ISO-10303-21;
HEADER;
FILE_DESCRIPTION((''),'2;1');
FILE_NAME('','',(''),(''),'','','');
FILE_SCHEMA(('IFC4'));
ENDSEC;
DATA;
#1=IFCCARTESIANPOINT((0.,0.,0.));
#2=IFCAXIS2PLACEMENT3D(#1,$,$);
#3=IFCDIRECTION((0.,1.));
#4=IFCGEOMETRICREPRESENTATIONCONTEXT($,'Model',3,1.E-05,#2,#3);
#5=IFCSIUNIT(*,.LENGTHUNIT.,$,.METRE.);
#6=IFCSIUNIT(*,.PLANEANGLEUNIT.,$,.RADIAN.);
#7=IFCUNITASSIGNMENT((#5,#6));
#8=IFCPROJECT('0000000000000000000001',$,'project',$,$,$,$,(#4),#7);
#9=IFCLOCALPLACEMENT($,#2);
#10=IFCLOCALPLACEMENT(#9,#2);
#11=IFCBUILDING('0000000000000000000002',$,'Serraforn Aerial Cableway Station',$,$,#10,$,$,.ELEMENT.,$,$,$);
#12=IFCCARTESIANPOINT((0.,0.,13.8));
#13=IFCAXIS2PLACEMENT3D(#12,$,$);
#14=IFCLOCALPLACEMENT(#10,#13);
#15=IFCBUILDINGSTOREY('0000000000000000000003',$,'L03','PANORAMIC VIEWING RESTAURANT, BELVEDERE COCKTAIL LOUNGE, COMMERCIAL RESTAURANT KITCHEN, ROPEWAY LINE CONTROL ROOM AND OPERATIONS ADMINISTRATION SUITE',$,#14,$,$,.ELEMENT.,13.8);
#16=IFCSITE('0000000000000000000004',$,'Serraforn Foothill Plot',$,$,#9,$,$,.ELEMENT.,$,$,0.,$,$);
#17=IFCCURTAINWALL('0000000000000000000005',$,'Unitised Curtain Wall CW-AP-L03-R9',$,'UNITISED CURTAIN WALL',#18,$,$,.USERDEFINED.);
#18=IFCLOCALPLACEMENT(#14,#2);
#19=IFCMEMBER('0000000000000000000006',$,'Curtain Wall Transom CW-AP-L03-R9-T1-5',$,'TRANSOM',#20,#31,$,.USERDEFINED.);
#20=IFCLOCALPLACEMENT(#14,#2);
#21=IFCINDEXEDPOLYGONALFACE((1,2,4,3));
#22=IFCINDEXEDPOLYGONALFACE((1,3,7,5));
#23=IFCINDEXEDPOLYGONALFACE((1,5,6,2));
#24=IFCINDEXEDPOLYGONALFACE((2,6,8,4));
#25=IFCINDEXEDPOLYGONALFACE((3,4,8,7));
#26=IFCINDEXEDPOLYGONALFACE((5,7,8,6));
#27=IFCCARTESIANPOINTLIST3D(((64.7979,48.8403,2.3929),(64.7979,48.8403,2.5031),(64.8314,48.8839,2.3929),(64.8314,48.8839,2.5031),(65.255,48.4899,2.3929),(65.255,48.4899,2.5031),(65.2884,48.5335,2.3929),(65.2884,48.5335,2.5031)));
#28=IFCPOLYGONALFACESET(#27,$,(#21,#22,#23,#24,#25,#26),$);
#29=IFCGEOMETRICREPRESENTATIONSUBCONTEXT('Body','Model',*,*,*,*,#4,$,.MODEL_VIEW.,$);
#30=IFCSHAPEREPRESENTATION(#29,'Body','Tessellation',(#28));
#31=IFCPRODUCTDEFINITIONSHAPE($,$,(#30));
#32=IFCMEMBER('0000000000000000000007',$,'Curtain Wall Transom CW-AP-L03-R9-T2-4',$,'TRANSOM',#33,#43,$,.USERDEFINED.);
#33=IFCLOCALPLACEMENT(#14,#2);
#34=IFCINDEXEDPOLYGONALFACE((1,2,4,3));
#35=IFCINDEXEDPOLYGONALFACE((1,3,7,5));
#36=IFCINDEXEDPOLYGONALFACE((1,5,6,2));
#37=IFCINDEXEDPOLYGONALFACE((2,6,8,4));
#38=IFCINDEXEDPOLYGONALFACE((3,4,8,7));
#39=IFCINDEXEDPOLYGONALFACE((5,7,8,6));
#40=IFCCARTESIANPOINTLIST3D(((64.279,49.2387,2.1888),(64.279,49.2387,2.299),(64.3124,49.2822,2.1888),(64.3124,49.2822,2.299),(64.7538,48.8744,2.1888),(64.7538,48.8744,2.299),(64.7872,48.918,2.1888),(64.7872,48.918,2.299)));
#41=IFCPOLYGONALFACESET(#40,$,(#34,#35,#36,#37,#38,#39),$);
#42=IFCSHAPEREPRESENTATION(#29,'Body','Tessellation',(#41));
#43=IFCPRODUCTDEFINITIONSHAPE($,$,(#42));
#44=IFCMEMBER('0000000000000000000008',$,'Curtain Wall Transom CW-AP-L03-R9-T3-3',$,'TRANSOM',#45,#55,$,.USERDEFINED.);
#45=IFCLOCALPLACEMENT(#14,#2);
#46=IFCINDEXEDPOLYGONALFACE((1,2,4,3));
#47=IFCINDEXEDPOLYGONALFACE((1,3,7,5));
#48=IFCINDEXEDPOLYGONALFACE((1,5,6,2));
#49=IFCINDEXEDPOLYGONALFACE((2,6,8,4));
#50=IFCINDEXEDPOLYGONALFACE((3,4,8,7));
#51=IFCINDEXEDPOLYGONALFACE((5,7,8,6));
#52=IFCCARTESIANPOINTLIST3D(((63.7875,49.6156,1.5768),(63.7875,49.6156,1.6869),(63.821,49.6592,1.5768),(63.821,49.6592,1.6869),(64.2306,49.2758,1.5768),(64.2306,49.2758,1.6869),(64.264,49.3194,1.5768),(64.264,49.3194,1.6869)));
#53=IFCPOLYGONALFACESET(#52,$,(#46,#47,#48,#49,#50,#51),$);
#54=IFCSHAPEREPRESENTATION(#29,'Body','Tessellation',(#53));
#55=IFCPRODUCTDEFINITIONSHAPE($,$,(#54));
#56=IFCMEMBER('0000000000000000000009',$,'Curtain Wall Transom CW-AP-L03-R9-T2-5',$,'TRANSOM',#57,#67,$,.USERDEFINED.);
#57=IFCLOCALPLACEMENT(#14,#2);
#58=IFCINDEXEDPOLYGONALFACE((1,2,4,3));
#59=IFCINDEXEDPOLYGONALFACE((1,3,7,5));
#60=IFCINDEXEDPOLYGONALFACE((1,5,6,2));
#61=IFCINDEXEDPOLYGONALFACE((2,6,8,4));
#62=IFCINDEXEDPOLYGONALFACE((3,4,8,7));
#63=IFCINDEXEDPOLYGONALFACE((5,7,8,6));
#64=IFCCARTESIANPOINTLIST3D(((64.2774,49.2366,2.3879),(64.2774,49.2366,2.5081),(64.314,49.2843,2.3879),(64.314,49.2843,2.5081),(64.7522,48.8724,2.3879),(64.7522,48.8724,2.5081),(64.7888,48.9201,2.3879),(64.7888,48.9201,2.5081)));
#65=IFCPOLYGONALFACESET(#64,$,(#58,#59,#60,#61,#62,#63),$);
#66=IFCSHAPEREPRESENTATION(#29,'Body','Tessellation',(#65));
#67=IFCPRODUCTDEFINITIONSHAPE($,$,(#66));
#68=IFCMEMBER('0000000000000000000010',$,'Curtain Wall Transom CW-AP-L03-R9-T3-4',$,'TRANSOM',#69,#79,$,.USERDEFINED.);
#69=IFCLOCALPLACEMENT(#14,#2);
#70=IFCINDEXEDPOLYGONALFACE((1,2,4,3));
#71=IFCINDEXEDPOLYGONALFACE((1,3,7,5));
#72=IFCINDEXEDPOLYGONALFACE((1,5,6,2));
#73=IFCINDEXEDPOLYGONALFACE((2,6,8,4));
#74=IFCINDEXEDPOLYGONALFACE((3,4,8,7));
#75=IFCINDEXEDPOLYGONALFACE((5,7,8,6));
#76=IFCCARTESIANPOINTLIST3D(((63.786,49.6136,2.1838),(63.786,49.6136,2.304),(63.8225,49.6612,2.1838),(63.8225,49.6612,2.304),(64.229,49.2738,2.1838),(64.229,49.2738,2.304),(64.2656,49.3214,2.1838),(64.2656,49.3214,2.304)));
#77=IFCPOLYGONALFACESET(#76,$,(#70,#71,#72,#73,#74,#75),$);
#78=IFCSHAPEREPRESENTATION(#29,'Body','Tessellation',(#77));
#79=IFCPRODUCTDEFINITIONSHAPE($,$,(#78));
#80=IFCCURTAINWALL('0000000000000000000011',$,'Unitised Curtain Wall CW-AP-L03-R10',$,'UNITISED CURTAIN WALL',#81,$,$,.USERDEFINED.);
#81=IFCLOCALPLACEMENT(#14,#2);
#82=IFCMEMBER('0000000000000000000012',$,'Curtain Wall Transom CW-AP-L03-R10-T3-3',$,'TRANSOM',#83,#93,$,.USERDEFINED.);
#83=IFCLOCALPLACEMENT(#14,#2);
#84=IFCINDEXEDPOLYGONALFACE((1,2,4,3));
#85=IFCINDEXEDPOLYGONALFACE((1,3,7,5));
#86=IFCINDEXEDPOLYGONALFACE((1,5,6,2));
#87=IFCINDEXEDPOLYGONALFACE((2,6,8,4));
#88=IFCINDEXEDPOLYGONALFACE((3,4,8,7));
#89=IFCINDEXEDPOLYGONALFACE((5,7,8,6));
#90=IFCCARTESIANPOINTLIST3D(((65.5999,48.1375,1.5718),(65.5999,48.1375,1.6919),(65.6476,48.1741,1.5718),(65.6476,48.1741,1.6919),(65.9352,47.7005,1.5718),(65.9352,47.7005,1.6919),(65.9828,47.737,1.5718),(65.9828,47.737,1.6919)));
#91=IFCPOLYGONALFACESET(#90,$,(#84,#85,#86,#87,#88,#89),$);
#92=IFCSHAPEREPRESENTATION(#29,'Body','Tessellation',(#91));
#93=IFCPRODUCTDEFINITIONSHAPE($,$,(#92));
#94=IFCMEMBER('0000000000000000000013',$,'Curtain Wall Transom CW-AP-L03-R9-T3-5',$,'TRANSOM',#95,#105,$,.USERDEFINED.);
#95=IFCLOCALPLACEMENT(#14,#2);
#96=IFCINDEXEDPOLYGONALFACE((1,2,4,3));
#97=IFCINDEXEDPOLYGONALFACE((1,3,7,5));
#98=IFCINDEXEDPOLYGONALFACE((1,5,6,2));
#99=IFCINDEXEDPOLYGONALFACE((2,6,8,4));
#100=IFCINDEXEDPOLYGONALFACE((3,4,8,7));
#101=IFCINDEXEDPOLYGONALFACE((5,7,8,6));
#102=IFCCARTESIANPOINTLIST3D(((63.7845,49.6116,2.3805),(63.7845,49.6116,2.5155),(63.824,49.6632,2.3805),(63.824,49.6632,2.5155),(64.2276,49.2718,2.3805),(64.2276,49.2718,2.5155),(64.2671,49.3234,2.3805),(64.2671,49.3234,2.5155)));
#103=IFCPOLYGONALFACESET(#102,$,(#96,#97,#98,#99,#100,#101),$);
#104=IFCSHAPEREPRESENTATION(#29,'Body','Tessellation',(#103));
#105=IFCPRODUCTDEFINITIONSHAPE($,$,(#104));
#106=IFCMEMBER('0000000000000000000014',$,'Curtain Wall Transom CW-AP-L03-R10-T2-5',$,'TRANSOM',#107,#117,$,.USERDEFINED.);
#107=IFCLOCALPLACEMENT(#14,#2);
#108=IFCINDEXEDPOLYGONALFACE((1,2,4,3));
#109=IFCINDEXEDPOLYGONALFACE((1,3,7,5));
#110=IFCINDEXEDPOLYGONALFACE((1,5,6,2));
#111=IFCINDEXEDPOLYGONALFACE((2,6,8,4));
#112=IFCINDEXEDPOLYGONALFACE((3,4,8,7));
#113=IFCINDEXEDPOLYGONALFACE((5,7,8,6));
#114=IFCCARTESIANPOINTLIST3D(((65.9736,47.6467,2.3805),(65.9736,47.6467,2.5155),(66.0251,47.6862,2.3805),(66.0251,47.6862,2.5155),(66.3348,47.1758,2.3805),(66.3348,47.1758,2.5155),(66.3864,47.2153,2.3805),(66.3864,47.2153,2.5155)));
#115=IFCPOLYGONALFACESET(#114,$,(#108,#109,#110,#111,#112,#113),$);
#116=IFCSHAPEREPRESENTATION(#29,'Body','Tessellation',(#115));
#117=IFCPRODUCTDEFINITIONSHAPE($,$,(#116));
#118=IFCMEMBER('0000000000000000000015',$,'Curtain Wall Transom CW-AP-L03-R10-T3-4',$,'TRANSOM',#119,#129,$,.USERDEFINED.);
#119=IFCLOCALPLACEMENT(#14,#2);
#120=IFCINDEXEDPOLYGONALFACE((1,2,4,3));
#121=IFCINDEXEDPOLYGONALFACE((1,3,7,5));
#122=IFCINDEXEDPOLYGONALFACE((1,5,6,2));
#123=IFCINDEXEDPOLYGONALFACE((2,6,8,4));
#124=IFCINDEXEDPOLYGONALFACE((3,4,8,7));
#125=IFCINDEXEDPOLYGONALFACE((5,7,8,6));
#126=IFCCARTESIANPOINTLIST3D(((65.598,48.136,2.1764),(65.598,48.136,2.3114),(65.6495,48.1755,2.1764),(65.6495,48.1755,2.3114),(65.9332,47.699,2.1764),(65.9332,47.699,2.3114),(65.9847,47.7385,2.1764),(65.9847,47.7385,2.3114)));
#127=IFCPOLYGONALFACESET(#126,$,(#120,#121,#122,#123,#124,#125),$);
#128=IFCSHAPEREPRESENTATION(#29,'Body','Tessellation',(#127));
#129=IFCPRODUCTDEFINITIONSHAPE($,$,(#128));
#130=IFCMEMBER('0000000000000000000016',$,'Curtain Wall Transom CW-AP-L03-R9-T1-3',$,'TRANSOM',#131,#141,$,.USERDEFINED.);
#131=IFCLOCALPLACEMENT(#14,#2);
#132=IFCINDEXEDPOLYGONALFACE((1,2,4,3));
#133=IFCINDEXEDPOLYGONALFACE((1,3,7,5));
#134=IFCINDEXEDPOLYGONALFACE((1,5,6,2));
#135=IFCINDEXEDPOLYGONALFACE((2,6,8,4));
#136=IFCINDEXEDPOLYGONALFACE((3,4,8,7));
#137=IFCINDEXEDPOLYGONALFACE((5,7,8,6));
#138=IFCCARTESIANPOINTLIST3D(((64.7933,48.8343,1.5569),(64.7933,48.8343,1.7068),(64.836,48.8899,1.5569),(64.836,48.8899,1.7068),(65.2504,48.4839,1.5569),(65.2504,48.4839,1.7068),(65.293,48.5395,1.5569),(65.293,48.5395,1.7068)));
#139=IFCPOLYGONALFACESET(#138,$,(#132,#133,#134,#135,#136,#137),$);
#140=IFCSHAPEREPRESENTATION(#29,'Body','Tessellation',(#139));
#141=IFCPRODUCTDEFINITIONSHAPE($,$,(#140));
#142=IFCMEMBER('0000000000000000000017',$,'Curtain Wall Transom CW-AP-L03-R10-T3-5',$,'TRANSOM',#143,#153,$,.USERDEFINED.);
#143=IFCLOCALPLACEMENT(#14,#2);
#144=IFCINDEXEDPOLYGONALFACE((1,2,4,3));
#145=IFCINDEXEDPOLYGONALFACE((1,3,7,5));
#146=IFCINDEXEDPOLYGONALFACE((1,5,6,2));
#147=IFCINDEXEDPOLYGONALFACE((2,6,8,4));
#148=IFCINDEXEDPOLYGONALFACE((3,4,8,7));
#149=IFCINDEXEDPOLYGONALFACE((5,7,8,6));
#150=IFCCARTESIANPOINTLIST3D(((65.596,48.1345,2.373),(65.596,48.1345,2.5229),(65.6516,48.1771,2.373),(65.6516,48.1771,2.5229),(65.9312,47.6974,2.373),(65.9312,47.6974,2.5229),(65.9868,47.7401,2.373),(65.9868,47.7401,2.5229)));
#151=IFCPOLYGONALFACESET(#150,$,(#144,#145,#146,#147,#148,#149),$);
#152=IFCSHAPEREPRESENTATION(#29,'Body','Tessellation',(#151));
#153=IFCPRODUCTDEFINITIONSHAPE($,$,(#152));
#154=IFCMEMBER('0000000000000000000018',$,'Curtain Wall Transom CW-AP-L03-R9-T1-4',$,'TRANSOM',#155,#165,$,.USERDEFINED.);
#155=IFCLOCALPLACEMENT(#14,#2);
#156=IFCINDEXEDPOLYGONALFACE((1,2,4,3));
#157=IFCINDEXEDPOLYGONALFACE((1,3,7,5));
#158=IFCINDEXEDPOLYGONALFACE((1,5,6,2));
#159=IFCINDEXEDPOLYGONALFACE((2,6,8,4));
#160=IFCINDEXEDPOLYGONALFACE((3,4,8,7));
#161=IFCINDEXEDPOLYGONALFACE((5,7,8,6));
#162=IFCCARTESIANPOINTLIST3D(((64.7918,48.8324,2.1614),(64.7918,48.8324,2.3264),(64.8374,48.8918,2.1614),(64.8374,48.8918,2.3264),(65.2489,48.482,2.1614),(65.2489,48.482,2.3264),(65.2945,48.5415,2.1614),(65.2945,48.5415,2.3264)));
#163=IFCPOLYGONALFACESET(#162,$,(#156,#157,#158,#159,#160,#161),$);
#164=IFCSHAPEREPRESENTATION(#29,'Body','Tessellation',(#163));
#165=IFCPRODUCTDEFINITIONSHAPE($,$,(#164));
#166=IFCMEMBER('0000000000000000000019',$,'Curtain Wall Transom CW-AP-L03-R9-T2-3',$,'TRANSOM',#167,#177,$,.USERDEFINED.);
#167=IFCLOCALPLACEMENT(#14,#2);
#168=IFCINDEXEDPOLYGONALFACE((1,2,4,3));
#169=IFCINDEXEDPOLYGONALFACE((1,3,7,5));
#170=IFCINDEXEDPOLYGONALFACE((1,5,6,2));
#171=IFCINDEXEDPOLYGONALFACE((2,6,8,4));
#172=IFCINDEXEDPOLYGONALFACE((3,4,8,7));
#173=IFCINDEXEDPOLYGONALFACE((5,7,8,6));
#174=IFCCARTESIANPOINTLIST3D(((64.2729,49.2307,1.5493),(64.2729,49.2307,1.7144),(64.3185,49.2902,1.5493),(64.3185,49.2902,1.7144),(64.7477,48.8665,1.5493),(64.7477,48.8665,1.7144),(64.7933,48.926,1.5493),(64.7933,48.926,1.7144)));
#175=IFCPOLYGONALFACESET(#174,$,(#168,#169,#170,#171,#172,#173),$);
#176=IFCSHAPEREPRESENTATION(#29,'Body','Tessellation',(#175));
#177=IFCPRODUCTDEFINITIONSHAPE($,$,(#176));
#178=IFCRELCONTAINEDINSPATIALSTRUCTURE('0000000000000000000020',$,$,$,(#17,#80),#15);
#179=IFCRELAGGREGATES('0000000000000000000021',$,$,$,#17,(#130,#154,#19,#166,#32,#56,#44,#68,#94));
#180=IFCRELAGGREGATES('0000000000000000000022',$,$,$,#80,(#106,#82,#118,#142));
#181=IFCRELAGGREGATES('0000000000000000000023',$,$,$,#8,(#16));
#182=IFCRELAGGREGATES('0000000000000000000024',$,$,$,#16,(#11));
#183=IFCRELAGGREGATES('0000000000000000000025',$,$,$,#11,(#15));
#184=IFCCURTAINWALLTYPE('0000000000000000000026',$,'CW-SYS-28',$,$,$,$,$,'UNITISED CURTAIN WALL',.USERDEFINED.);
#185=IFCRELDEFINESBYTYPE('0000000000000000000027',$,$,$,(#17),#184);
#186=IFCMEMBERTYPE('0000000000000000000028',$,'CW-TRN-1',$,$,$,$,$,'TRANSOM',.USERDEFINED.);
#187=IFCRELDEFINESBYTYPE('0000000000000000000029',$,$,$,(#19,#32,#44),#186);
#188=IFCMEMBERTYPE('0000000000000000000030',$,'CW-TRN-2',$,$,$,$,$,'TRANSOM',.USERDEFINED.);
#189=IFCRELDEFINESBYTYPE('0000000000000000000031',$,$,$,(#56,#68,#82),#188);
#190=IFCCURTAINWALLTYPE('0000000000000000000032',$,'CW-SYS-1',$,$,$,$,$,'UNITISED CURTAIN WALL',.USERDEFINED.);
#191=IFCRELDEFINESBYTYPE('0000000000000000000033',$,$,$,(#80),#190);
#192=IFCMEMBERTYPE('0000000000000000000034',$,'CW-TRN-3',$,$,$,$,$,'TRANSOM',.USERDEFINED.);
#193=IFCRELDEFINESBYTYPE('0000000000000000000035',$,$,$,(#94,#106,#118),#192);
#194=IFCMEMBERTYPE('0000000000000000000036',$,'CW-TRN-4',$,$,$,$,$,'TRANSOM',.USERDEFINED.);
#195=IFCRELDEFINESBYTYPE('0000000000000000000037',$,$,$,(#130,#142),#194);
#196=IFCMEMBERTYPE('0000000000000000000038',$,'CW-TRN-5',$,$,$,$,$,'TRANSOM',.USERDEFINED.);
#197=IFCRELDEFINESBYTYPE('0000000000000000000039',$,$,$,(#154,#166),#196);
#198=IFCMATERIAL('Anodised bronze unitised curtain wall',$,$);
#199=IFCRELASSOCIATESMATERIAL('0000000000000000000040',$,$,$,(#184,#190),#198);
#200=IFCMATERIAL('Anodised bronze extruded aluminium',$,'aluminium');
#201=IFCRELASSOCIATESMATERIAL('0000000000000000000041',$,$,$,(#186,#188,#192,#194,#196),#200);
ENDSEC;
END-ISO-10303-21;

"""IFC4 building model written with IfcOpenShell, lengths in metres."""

from ifc_helpers import new_model, si_unit, direction, frame, origin, origin_2d, place, context, subcontext, project, spatial, rectangle, extrude, material, material_profile, profile_set, type_object, element, aggregate, save


model = new_model("IFC4")

# Units and contexts
model_context = context("Model", 3, precision=1e-05, world=origin(), true_north=direction((0.0, 1.0)))
body_context = subcontext(model_context, "Body", "Model", "MODEL_VIEW")
ifc_project = project(units=[si_unit("LENGTHUNIT", "METRE"), si_unit("PLANEANGLEUNIT", "RADIAN")], contexts=[model_context])

# Site, building, storey
site_placement = place(None, origin())
site = spatial("IfcSite", under=ifc_project, at=site_placement, Name="Serraforn Foothill Plot", CompositionType="ELEMENT", RefElevation=0.0)
building_placement = place(site_placement, origin())
building = spatial("IfcBuilding", under=site, at=building_placement, Name="Serraforn Aerial Cableway Station", CompositionType="ELEMENT")
storey_placement = place(building_placement, frame((0.0, 0.0, 13.8)))
storey = spatial("IfcBuildingStorey", under=building, at=storey_placement, Name="L03", Description="PANORAMIC VIEWING RESTAURANT, BELVEDERE COCKTAIL LOUNGE, COMMERCIAL RESTAURANT KITCHEN, ROPEWAY LINE CONTROL ROOM AND OPERATIONS ADMINISTRATION SUITE", CompositionType="ELEMENT", Elevation=13.8)

# Curtain wall, members
ifc_material_1 = material(Name="Anodised bronze unitised curtain wall")
curtain_wall_type_1 = type_object("IfcCurtainWallType", Name="CW-SYS-28", ElementType="UNITISED CURTAIN WALL", PredefinedType="USERDEFINED", material=ifc_material_1)
curtain_wall_1_placement = place(storey_placement, origin())
curtain_wall_1 = element("IfcCurtainWall", 1, at=curtain_wall_1_placement, inside=storey, type_object=curtain_wall_type_1, Name="Unitised Curtain Wall CW-AP-L03-R9", ObjectType="UNITISED CURTAIN WALL", PredefinedType="USERDEFINED")
ifc_material_2 = material(Name="Anodised bronze extruded aluminium", Category="aluminium")
ifc_material_profile_1 = material_profile(ifc_material_2, rectangle(XDim=0.0549, YDim=0.1101, at=origin_2d()), Name="CW TRANSOM 55x110")
ifc_profile_set_1 = profile_set([ifc_material_profile_1], Name="Anodised bronze extruded aluminium")
member_type_1 = type_object("IfcMemberType", Name="CW-TRN-1", ElementType="TRANSOM", PredefinedType="USERDEFINED", material=ifc_profile_set_1)
member_1_placement = place(storey_placement, frame((65.2717, 48.5117, 2.448), z_axis=(-0.793647, 0.608378, 0.0), x_axis=(-0.608378, -0.793647, 0.0)))
member_1 = element("IfcMember", 2, at=member_1_placement, type_object=member_type_1, Name="Curtain Wall Transom CW-AP-L03-R9-T1-5", ObjectType="TRANSOM", PredefinedType="USERDEFINED", context=body_context, shape_type="SweptSolid", body=[
    extrude(rectangle(XDim=0.0549, YDim=0.1101, at=origin_2d()), origin(), (0.0, 0.0, 1.0), 0.5759),
])
member_2_placement = place(storey_placement, frame((64.7705, 48.8962, 2.2439), z_axis=(-0.793442, 0.608646, 0.0), x_axis=(-0.608646, -0.793442, 0.0)))
member_2 = element("IfcMember", 3, at=member_2_placement, type_object=member_type_1, Name="Curtain Wall Transom CW-AP-L03-R9-T2-4", ObjectType="TRANSOM", PredefinedType="USERDEFINED", context=body_context, shape_type="SweptSolid", body=[
    extrude(rectangle(XDim=0.0549, YDim=0.1101, at=origin_2d()), origin(), (0.0, 0.0, 1.0), 0.5984),
])
member_3_placement = place(storey_placement, frame((64.2473, 49.2976, 1.6318), z_axis=(-0.793501, 0.608569, 0.0), x_axis=(-0.608569, -0.793501, 0.0)))
member_3 = element("IfcMember", 4, at=member_3_placement, type_object=member_type_1, Name="Curtain Wall Transom CW-AP-L03-R9-T3-3", ObjectType="TRANSOM", PredefinedType="USERDEFINED", context=body_context, shape_type="SweptSolid", body=[
    extrude(rectangle(XDim=0.0549, YDim=0.1101, at=origin_2d()), origin(), (0.0, 0.0, 1.0), 0.5583),
])
ifc_material_profile_2 = material_profile(ifc_material_2, rectangle(XDim=0.0601, YDim=0.1201, at=origin_2d()), Name="CW TRANSOM 60x120")
ifc_profile_set_2 = profile_set([ifc_material_profile_2], Name="Anodised bronze extruded aluminium")
member_type_2 = type_object("IfcMemberType", Name="CW-TRN-2", ElementType="TRANSOM", PredefinedType="USERDEFINED", material=ifc_profile_set_2)
member_4_placement = place(storey_placement, frame((64.7705, 48.8962, 2.448), z_axis=(-0.793442, 0.608646, 0.0), x_axis=(-0.608646, -0.793442, 0.0)))
member_4 = element("IfcMember", 5, at=member_4_placement, type_object=member_type_2, Name="Curtain Wall Transom CW-AP-L03-R9-T2-5", ObjectType="TRANSOM", PredefinedType="USERDEFINED", context=body_context, shape_type="SweptSolid", body=[
    extrude(rectangle(XDim=0.0601, YDim=0.1201, at=origin_2d()), origin(), (0.0, 0.0, 1.0), 0.5984),
])
member_5_placement = place(storey_placement, frame((64.2473, 49.2976, 2.2439), z_axis=(-0.793501, 0.608569, 0.0), x_axis=(-0.608569, -0.793501, 0.0)))
member_5 = element("IfcMember", 6, at=member_5_placement, type_object=member_type_2, Name="Curtain Wall Transom CW-AP-L03-R9-T3-4", ObjectType="TRANSOM", PredefinedType="USERDEFINED", context=body_context, shape_type="SweptSolid", body=[
    extrude(rectangle(XDim=0.0601, YDim=0.1201, at=origin_2d()), origin(), (0.0, 0.0, 1.0), 0.5583),
])

# Curtain wall, member
curtain_wall_type_2 = type_object("IfcCurtainWallType", Name="CW-SYS-1", ElementType="UNITISED CURTAIN WALL", PredefinedType="USERDEFINED", material=ifc_material_1)
curtain_wall_2_placement = place(storey_placement, origin())
curtain_wall_2 = element("IfcCurtainWall", 7, at=curtain_wall_2_placement, inside=storey, type_object=curtain_wall_type_2, Name="Unitised Curtain Wall CW-AP-L03-R10", ObjectType="UNITISED CURTAIN WALL", PredefinedType="USERDEFINED")
member_6_placement = place(storey_placement, frame((65.959, 47.7188, 1.6318), z_axis=(-0.608618, 0.793464, 0.0), x_axis=(-0.793464, -0.608618, 0.0)))
member_6 = element("IfcMember", 8, at=member_6_placement, type_object=member_type_2, Name="Curtain Wall Transom CW-AP-L03-R10-T3-3", ObjectType="TRANSOM", PredefinedType="USERDEFINED", context=body_context, shape_type="SweptSolid", body=[
    extrude(rectangle(XDim=0.0601, YDim=0.1201, at=origin_2d()), origin(), (0.0, 0.0, 1.0), 0.5508),
])

# Members
ifc_material_profile_3 = material_profile(ifc_material_2, rectangle(XDim=0.0649, YDim=0.135, at=origin_2d()), Name="CW TRANSOM 65x135")
ifc_profile_set_3 = profile_set([ifc_material_profile_3], Name="Anodised bronze extruded aluminium")
member_type_3 = type_object("IfcMemberType", Name="CW-TRN-3", ElementType="TRANSOM", PredefinedType="USERDEFINED", material=ifc_profile_set_3)
member_7_placement = place(storey_placement, frame((64.2473, 49.2976, 2.448), z_axis=(-0.793501, 0.608569, 0.0), x_axis=(-0.608569, -0.793501, 0.0)))
member_7 = element("IfcMember", 9, at=member_7_placement, type_object=member_type_3, Name="Curtain Wall Transom CW-AP-L03-R9-T3-5", ObjectType="TRANSOM", PredefinedType="USERDEFINED", context=body_context, shape_type="SweptSolid", body=[
    extrude(rectangle(XDim=0.0649, YDim=0.135, at=origin_2d()), origin(), (0.0, 0.0, 1.0), 0.5583),
])
member_8_placement = place(storey_placement, frame((66.3606, 47.1956, 2.448), z_axis=(-0.608716, 0.793388, 0.0), x_axis=(-0.793388, -0.608716, 0.0)))
member_8 = element("IfcMember", 10, at=member_8_placement, type_object=member_type_3, Name="Curtain Wall Transom CW-AP-L03-R10-T2-5", ObjectType="TRANSOM", PredefinedType="USERDEFINED", context=body_context, shape_type="SweptSolid", body=[
    extrude(rectangle(XDim=0.0649, YDim=0.135, at=origin_2d()), origin(), (0.0, 0.0, 1.0), 0.5935),
])
member_9_placement = place(storey_placement, frame((65.959, 47.7188, 2.2439), z_axis=(-0.608618, 0.793464, 0.0), x_axis=(-0.793464, -0.608618, 0.0)))
member_9 = element("IfcMember", 11, at=member_9_placement, type_object=member_type_3, Name="Curtain Wall Transom CW-AP-L03-R10-T3-4", ObjectType="TRANSOM", PredefinedType="USERDEFINED", context=body_context, shape_type="SweptSolid", body=[
    extrude(rectangle(XDim=0.0649, YDim=0.135, at=origin_2d()), origin(), (0.0, 0.0, 1.0), 0.5508),
])
ifc_material_profile_4 = material_profile(ifc_material_2, rectangle(XDim=0.0701, YDim=0.1499, at=origin_2d()), Name="CW TRANSOM 70x150")
ifc_profile_set_4 = profile_set([ifc_material_profile_4], Name="Anodised bronze extruded aluminium")
member_type_4 = type_object("IfcMemberType", Name="CW-TRN-4", ElementType="TRANSOM", PredefinedType="USERDEFINED", material=ifc_profile_set_4)
member_10_placement = place(storey_placement, frame((65.2717, 48.5117, 1.6318), z_axis=(-0.793647, 0.608378, 0.0), x_axis=(-0.608378, -0.793647, 0.0)))
member_10 = element("IfcMember", 12, at=member_10_placement, type_object=member_type_4, Name="Curtain Wall Transom CW-AP-L03-R9-T1-3", ObjectType="TRANSOM", PredefinedType="USERDEFINED", context=body_context, shape_type="SweptSolid", body=[
    extrude(rectangle(XDim=0.0701, YDim=0.1499, at=origin_2d()), origin(), (0.0, 0.0, 1.0), 0.5759),
])
member_11_placement = place(storey_placement, frame((65.959, 47.7188, 2.448), z_axis=(-0.608618, 0.793464, 0.0), x_axis=(-0.793464, -0.608618, 0.0)))
member_11 = element("IfcMember", 13, at=member_11_placement, type_object=member_type_4, Name="Curtain Wall Transom CW-AP-L03-R10-T3-5", ObjectType="TRANSOM", PredefinedType="USERDEFINED", context=body_context, shape_type="SweptSolid", body=[
    extrude(rectangle(XDim=0.0701, YDim=0.1499, at=origin_2d()), origin(), (0.0, 0.0, 1.0), 0.5508),
])
ifc_material_profile_5 = material_profile(ifc_material_2, rectangle(XDim=0.075, YDim=0.165, at=origin_2d()), Name="CW TRANSOM 75x165")
ifc_profile_set_5 = profile_set([ifc_material_profile_5], Name="Anodised bronze extruded aluminium")
member_type_5 = type_object("IfcMemberType", Name="CW-TRN-5", ElementType="TRANSOM", PredefinedType="USERDEFINED", material=ifc_profile_set_5)
member_12_placement = place(storey_placement, frame((65.2717, 48.5117, 2.2439), z_axis=(-0.793647, 0.608378, 0.0), x_axis=(-0.608378, -0.793647, 0.0)))
member_12 = element("IfcMember", 14, at=member_12_placement, type_object=member_type_5, Name="Curtain Wall Transom CW-AP-L03-R9-T1-4", ObjectType="TRANSOM", PredefinedType="USERDEFINED", context=body_context, shape_type="SweptSolid", body=[
    extrude(rectangle(XDim=0.075, YDim=0.165, at=origin_2d()), origin(), (0.0, 0.0, 1.0), 0.5759),
])
member_13_placement = place(storey_placement, frame((64.7705, 48.8962, 1.6318), z_axis=(-0.793442, 0.608646, 0.0), x_axis=(-0.608646, -0.793442, 0.0)))
member_13 = element("IfcMember", 15, at=member_13_placement, type_object=member_type_5, Name="Curtain Wall Transom CW-AP-L03-R9-T2-3", ObjectType="TRANSOM", PredefinedType="USERDEFINED", context=body_context, shape_type="SweptSolid", body=[
    extrude(rectangle(XDim=0.075, YDim=0.165, at=origin_2d()), origin(), (0.0, 0.0, 1.0), 0.5984),
])

aggregate(curtain_wall_1, [member_10, member_12, member_1, member_13, member_2, member_4, member_3, member_5, member_7])
aggregate(curtain_wall_2, [member_8, member_6, member_9, member_11])

save(model, "model.ifc")
